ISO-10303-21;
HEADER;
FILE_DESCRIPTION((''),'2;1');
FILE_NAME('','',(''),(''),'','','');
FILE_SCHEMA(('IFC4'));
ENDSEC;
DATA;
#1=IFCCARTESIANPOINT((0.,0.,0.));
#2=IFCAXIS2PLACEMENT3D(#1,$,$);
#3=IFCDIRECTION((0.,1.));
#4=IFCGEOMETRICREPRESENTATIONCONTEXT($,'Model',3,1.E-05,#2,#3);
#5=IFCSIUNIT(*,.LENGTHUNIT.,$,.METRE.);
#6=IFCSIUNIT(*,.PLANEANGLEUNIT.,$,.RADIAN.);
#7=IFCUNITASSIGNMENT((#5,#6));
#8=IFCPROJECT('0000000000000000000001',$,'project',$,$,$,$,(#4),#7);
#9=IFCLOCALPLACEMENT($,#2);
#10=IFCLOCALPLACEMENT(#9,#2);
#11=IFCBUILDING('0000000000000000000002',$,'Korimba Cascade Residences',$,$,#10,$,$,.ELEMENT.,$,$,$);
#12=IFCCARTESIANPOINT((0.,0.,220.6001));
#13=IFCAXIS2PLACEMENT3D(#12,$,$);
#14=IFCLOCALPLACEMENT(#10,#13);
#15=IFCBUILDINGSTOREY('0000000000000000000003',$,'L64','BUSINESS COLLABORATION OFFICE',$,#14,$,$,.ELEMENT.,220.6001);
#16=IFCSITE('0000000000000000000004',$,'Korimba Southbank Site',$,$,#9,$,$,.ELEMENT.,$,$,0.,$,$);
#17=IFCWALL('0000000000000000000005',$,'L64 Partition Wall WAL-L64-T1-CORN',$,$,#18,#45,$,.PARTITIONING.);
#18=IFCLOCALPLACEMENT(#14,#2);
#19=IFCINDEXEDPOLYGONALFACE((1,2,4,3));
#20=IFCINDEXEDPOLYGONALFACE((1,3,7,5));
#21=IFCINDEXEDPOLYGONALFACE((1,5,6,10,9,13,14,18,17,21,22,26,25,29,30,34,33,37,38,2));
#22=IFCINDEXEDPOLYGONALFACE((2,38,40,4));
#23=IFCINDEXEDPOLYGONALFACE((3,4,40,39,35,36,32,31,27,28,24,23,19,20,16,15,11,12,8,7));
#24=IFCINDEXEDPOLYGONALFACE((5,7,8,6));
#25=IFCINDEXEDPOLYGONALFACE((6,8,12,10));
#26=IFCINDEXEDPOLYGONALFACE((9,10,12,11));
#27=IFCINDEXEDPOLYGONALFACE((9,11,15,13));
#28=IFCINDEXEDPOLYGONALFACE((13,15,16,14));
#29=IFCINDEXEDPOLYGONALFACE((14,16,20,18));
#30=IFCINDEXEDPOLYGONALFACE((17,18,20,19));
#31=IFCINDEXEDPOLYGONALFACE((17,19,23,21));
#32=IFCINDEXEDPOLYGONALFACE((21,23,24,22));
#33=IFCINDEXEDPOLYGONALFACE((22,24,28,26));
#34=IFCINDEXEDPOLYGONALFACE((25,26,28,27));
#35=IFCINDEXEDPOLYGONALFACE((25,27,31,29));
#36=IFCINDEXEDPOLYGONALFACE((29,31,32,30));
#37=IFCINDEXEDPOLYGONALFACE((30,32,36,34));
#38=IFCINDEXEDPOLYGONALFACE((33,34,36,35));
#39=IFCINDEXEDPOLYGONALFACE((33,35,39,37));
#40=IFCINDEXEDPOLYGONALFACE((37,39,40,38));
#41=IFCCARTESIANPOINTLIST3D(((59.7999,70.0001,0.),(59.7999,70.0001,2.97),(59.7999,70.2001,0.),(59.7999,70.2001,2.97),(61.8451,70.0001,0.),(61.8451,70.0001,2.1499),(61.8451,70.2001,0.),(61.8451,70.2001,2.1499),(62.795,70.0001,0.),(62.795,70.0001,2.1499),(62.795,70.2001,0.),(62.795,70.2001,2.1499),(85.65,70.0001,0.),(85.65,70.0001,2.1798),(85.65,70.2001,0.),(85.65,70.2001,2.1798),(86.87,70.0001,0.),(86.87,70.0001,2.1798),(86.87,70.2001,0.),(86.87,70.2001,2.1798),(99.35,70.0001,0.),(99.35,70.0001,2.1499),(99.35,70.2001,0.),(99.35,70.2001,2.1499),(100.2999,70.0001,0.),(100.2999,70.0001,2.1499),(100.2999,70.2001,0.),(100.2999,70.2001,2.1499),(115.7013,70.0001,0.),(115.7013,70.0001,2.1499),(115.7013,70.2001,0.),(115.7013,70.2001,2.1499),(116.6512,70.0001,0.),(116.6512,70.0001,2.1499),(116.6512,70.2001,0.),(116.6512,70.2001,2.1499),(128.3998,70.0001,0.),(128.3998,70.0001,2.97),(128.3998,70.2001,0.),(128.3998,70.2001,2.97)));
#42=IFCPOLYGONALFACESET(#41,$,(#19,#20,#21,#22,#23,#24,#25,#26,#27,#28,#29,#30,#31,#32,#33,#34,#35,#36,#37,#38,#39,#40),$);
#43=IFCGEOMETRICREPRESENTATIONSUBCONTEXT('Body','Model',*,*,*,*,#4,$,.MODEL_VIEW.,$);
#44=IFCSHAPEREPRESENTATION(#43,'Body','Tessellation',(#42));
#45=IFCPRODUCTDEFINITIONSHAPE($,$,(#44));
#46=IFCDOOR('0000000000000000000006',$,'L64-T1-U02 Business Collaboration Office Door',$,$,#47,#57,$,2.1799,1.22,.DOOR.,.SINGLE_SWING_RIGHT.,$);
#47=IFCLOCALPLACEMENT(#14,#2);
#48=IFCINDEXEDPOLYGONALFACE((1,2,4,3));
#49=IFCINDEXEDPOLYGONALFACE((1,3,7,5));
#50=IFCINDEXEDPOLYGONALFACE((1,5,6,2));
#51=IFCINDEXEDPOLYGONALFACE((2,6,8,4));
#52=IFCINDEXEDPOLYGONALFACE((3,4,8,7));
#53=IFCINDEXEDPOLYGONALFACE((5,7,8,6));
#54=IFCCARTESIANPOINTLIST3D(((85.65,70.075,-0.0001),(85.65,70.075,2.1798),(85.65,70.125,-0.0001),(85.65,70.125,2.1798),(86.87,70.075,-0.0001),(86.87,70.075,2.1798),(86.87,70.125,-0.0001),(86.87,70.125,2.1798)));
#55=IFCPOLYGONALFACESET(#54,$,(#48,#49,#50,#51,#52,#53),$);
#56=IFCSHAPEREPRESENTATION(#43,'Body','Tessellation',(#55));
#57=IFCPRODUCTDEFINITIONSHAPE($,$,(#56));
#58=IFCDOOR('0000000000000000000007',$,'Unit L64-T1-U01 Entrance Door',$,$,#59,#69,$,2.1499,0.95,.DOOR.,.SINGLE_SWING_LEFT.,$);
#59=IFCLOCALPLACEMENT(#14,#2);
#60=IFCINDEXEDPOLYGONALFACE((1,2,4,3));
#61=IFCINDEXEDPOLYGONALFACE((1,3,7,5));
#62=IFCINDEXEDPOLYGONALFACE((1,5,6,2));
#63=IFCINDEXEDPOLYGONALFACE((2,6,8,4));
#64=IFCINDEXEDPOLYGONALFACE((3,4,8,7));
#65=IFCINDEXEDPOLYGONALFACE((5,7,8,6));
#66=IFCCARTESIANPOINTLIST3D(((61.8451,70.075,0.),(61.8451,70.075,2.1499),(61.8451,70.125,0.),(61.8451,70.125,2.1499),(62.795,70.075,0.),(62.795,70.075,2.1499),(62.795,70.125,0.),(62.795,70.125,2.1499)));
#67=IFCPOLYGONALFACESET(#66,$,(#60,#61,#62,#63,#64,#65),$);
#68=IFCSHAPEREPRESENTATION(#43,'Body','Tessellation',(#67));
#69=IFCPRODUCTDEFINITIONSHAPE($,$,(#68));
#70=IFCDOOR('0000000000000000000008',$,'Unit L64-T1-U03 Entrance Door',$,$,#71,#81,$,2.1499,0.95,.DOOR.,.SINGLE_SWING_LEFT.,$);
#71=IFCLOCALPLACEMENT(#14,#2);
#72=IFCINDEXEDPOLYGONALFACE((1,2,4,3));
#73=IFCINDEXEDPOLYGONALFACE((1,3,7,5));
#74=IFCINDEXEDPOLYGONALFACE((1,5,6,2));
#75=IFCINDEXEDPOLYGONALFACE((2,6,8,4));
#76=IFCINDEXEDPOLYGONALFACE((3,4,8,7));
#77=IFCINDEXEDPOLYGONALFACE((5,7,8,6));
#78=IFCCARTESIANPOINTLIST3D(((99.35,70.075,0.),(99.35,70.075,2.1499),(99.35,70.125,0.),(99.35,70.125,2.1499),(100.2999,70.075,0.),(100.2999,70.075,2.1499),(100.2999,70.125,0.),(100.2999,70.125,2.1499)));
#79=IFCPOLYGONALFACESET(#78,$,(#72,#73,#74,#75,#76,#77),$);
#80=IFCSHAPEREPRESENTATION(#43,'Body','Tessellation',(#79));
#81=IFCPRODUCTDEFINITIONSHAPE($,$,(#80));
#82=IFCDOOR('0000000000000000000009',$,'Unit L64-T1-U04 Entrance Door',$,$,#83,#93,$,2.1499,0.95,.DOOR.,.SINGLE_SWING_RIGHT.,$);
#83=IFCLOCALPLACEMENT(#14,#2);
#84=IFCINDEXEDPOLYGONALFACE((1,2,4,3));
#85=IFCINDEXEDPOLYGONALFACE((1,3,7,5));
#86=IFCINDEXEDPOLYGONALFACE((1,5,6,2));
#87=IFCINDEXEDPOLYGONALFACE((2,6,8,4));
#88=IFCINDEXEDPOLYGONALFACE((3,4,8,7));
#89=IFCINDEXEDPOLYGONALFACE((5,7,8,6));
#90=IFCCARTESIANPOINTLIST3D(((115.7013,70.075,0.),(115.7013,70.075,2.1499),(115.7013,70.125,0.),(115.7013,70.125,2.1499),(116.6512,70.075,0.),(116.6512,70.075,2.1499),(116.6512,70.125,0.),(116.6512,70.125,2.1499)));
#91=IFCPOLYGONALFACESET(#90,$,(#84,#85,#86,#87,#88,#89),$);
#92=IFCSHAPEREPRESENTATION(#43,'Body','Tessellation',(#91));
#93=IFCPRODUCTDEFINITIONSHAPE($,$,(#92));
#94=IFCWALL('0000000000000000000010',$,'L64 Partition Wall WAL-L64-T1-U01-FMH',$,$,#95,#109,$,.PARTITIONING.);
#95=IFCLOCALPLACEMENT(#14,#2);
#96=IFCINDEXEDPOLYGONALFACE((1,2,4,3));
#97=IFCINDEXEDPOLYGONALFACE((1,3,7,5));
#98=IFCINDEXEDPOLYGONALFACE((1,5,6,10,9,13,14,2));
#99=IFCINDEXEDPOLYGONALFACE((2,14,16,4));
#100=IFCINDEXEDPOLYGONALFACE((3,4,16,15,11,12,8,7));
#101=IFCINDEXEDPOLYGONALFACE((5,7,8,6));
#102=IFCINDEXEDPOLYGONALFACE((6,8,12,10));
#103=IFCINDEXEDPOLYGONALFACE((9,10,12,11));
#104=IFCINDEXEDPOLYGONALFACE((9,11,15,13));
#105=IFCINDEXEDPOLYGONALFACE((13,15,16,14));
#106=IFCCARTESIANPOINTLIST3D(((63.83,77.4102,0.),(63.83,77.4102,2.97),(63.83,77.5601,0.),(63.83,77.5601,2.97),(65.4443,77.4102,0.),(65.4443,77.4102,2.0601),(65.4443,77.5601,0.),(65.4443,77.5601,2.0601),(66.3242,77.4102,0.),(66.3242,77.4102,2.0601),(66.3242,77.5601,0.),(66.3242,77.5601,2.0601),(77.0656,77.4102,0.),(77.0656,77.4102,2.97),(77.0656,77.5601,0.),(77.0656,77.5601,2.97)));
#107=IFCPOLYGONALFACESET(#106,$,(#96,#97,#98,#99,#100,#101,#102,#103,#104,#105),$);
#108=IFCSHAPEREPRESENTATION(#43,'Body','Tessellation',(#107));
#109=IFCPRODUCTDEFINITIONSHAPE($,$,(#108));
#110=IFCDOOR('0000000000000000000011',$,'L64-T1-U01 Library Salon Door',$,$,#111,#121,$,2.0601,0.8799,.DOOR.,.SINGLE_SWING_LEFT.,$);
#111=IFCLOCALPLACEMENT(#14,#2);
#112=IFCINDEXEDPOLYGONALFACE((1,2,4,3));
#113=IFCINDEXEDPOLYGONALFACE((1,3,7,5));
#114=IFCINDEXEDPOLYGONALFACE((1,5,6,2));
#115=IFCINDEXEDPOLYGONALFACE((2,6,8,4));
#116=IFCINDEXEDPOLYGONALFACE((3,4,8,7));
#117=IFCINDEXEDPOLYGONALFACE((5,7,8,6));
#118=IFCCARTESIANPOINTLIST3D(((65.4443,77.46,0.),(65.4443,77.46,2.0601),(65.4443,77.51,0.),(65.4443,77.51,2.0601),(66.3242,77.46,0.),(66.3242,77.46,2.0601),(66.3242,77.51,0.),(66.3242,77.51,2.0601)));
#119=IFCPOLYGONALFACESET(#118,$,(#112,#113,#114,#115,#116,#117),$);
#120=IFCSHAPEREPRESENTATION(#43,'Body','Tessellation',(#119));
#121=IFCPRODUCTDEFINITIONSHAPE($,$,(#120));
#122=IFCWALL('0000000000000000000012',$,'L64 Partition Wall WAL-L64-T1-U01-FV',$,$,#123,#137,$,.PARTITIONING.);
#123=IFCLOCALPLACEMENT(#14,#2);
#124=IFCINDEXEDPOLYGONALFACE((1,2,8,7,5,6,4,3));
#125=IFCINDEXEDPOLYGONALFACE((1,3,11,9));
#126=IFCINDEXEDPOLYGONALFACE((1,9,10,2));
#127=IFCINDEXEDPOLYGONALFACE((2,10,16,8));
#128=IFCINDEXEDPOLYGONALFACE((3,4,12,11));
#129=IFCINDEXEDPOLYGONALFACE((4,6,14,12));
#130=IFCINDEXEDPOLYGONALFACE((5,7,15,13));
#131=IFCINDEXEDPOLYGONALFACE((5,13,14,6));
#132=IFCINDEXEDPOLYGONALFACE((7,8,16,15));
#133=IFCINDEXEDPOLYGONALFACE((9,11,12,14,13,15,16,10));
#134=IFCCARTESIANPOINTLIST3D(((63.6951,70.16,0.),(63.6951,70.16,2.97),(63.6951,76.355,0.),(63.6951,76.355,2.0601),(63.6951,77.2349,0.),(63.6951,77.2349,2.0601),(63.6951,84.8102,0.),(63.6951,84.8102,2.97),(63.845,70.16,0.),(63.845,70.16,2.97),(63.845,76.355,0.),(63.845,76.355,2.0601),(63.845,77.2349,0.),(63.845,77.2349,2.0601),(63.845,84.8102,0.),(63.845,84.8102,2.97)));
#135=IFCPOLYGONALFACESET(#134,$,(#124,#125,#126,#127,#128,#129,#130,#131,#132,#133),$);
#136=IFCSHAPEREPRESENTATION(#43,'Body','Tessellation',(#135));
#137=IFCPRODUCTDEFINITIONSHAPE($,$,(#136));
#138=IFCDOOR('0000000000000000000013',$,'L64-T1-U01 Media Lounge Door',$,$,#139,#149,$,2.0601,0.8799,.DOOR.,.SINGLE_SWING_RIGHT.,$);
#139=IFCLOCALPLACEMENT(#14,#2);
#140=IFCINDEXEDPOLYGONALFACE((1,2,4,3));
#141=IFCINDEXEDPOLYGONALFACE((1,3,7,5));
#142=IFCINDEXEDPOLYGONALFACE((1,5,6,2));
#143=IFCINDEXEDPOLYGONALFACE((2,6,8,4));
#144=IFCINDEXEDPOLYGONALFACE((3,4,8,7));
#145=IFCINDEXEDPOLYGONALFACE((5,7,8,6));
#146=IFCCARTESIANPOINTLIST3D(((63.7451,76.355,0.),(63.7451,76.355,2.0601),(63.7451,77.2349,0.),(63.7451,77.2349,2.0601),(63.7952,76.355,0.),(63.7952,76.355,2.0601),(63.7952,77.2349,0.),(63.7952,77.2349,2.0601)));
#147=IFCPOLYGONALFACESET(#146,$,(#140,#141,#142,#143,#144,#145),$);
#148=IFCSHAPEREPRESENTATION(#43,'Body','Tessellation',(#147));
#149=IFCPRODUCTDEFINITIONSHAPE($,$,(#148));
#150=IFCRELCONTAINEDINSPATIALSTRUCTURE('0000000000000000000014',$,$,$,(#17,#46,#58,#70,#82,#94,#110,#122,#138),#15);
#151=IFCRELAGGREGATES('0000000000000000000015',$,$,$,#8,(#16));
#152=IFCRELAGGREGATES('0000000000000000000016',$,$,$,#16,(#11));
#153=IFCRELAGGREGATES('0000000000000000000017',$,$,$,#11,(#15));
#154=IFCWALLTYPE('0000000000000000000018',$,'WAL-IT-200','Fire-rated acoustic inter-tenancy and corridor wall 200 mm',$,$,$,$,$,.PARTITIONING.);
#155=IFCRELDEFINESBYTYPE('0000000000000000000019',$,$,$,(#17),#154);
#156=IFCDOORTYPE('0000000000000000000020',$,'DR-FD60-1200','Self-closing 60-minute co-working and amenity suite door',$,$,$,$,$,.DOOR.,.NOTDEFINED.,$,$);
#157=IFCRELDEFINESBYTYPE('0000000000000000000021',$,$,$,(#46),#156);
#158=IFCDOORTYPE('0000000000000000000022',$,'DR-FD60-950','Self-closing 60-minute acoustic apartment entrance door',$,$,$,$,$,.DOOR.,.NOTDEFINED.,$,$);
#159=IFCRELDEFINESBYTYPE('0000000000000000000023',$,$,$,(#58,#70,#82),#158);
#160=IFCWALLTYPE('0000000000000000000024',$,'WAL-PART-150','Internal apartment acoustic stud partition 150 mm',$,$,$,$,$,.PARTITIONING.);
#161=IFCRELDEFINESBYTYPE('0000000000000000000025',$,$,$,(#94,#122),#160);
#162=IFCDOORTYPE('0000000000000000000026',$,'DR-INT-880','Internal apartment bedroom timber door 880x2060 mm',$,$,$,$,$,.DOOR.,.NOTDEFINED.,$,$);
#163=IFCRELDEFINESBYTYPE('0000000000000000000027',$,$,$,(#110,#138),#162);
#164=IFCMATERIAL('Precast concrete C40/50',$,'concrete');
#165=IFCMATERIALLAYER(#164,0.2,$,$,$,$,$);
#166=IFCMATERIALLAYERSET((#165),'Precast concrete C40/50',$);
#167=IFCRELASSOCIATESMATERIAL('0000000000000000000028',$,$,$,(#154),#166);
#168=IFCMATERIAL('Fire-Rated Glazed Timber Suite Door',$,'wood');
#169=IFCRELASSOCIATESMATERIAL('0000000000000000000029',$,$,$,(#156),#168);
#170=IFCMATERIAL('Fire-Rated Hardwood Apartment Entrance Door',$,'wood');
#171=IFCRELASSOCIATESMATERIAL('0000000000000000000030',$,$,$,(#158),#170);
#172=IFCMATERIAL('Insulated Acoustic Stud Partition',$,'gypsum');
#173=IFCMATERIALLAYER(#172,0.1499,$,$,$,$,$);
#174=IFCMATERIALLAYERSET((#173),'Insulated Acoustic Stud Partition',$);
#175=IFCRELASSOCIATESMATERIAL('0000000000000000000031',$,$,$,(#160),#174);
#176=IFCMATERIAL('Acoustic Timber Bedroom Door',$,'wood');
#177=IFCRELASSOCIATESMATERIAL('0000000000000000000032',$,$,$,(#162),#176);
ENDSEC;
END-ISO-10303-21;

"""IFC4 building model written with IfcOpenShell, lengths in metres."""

from ifc_helpers import new_model, si_unit, direction, frame, frame_2d, origin, place, context, subcontext, project, spatial, rectangle, extrude, material, layer, layer_set, type_object, element, fill, save


model = new_model("IFC4")

# Units and contexts
model_context = context("Model", 3, precision=1e-05, world=origin(), true_north=direction((0.0, 1.0)))
body_context = subcontext(model_context, "Body", "Model", "MODEL_VIEW")
ifc_project = project(units=[si_unit("LENGTHUNIT", "METRE"), si_unit("PLANEANGLEUNIT", "RADIAN")], contexts=[model_context])

# Site, building, storey
site_placement = place(None, origin())
site = spatial("IfcSite", under=ifc_project, at=site_placement, Name="Korimba Southbank Site", CompositionType="ELEMENT", RefElevation=0.0)
building_placement = place(site_placement, origin())
building = spatial("IfcBuilding", under=site, at=building_placement, Name="Korimba Cascade Residences", CompositionType="ELEMENT")
storey_placement = place(building_placement, frame((0.0, 0.0, 220.6001)))
storey = spatial("IfcBuildingStorey", under=building, at=storey_placement, Name="L64", Description="BUSINESS COLLABORATION OFFICE", CompositionType="ELEMENT", Elevation=220.6001)

# Shared definitions
ifc_material_1 = material(Name="Precast concrete C40/50", Category="concrete")
ifc_layer_1 = layer(ifc_material_1, 0.2)
ifc_layer_set_1 = layer_set([ifc_layer_1], Name="Precast concrete C40/50")
wall_type_1 = type_object("IfcWallType", Name="WAL-IT-200", Description="Fire-rated acoustic inter-tenancy and corridor wall 200 mm", PredefinedType="PARTITIONING", material=ifc_layer_set_1)

# Wall, openings, doors
wall_1_placement = place(storey_placement, frame((59.8, 70.1001, 0.0), z_axis=(0.0, 0.0, 1.0), x_axis=(1.0, 0.0, 0.0)))
wall_1 = element("IfcWall", 1, at=wall_1_placement, inside=storey, type_object=wall_type_1, Name="L64 Partition Wall WAL-L64-T1-CORN", PredefinedType="PARTITIONING", context=body_context, shape_type="SweptSolid", body=[
    extrude(rectangle(XDim=68.5999, YDim=0.2, at=frame_2d((34.2998, 0.0))), origin(), (0.0, 0.0, 1.0), 2.97),
])
opening_1_placement = place(wall_1_placement, frame((2.0449, 0.0, 0.0)))
opening_1 = element("IfcOpeningElement", 2, at=opening_1_placement, cuts=wall_1, PredefinedType="OPENING", context=body_context, shape_type="SweptSolid", body=[
    extrude(rectangle(XDim=0.95, YDim=2.1499, at=frame_2d((0.4751, 1.075))), frame((0.0, 0.1099, 0.0), z_axis=(0.0, -1.0, 0.0), x_axis=(1.0, 0.0, 0.0)), (0.0, 0.0, 1.0), 0.22),
])
opening_2_placement = place(wall_1_placement, frame((25.8501, 0.0, 0.0)))
opening_2 = element("IfcOpeningElement", 3, at=opening_2_placement, cuts=wall_1, PredefinedType="OPENING", context=body_context, shape_type="SweptSolid", body=[
    extrude(rectangle(XDim=1.22, YDim=2.1799, at=frame_2d((0.6099, 1.0898))), frame((0.0, 0.1099, 0.0), z_axis=(0.0, -1.0, 0.0), x_axis=(1.0, 0.0, 0.0)), (0.0, 0.0, 1.0), 0.22),
])
opening_3_placement = place(wall_1_placement, frame((39.5498, 0.0, 0.0)))
opening_3 = element("IfcOpeningElement", 4, at=opening_3_placement, cuts=wall_1, PredefinedType="OPENING", context=body_context, shape_type="SweptSolid", body=[
    extrude(rectangle(XDim=0.95, YDim=2.1499, at=frame_2d((0.4751, 1.075))), frame((0.0, 0.1099, 0.0), z_axis=(0.0, -1.0, 0.0), x_axis=(1.0, 0.0, 0.0)), (0.0, 0.0, 1.0), 0.22),
])
opening_4_placement = place(wall_1_placement, frame((55.9011, 0.0, 0.0)))
opening_4 = element("IfcOpeningElement", 5, at=opening_4_placement, cuts=wall_1, PredefinedType="OPENING", context=body_context, shape_type="SweptSolid", body=[
    extrude(rectangle(XDim=0.95, YDim=2.1499, at=frame_2d((0.4751, 1.075))), frame((0.0, 0.1099, 0.0), z_axis=(0.0, -1.0, 0.0), x_axis=(1.0, 0.0, 0.0)), (0.0, 0.0, 1.0), 0.22),
])
ifc_material_2 = material(Name="Fire-Rated Glazed Timber Suite Door", Category="wood")
door_type_1 = type_object("IfcDoorType", Name="DR-FD60-1200", Description="Self-closing 60-minute co-working and amenity suite door", OperationType="NOTDEFINED", PredefinedType="DOOR", material=ifc_material_2)
door_1_placement = place(opening_2_placement, origin())
door_1 = element("IfcDoor", 6, at=door_1_placement, inside=storey, type_object=door_type_1, Name="L64-T1-U02 Business Collaboration Office Door", OperationType="SINGLE_SWING_RIGHT", OverallHeight=2.1799, OverallWidth=1.22, PredefinedType="DOOR", context=body_context, shape_type="SweptSolid", body=[
    extrude(rectangle(XDim=1.22, YDim=2.1799, at=frame_2d((0.6099, 1.0898))), frame((0.0, 0.0249, 0.0), z_axis=(0.0, -1.0, 0.0), x_axis=(1.0, 0.0, 0.0)), (0.0, 0.0, 1.0), 0.05),
])
fill(opening_2, door_1)
ifc_material_3 = material(Name="Fire-Rated Hardwood Apartment Entrance Door", Category="wood")
door_type_2 = type_object("IfcDoorType", Name="DR-FD60-950", Description="Self-closing 60-minute acoustic apartment entrance door", OperationType="NOTDEFINED", PredefinedType="DOOR", material=ifc_material_3)
door_2_placement = place(opening_1_placement, origin())
door_2 = element("IfcDoor", 7, at=door_2_placement, inside=storey, type_object=door_type_2, Name="Unit L64-T1-U01 Entrance Door", OperationType="SINGLE_SWING_LEFT", OverallHeight=2.1499, OverallWidth=0.95, PredefinedType="DOOR", context=body_context, shape_type="SweptSolid", body=[
    extrude(rectangle(XDim=0.95, YDim=2.1499, at=frame_2d((0.4751, 1.075))), frame((0.0, 0.0249, 0.0), z_axis=(0.0, -1.0, 0.0), x_axis=(1.0, 0.0, 0.0)), (0.0, 0.0, 1.0), 0.05),
])
fill(opening_1, door_2)
door_3_placement = place(opening_3_placement, origin())
door_3 = element("IfcDoor", 8, at=door_3_placement, inside=storey, type_object=door_type_2, Name="Unit L64-T1-U03 Entrance Door", OperationType="SINGLE_SWING_LEFT", OverallHeight=2.1499, OverallWidth=0.95, PredefinedType="DOOR", context=body_context, shape_type="SweptSolid", body=[
    extrude(rectangle(XDim=0.95, YDim=2.1499, at=frame_2d((0.4751, 1.075))), frame((0.0, 0.0249, 0.0), z_axis=(0.0, -1.0, 0.0), x_axis=(1.0, 0.0, 0.0)), (0.0, 0.0, 1.0), 0.05),
])
fill(opening_3, door_3)
door_4_placement = place(opening_4_placement, origin())
door_4 = element("IfcDoor", 9, at=door_4_placement, inside=storey, type_object=door_type_2, Name="Unit L64-T1-U04 Entrance Door", OperationType="SINGLE_SWING_RIGHT", OverallHeight=2.1499, OverallWidth=0.95, PredefinedType="DOOR", context=body_context, shape_type="SweptSolid", body=[
    extrude(rectangle(XDim=0.95, YDim=2.1499, at=frame_2d((0.4751, 1.075))), frame((0.0, 0.0249, 0.0), z_axis=(0.0, -1.0, 0.0), x_axis=(1.0, 0.0, 0.0)), (0.0, 0.0, 1.0), 0.05),
])
fill(opening_4, door_4)

# Walls, openings, doors
ifc_material_4 = material(Name="Insulated Acoustic Stud Partition", Category="gypsum")
ifc_layer_2 = layer(ifc_material_4, 0.1499)
ifc_layer_set_2 = layer_set([ifc_layer_2], Name="Insulated Acoustic Stud Partition")
wall_type_2 = type_object("IfcWallType", Name="WAL-PART-150", Description="Internal apartment acoustic stud partition 150 mm", PredefinedType="PARTITIONING", material=ifc_layer_set_2)
wall_2_placement = place(storey_placement, frame((63.8301, 77.4851, 0.0), z_axis=(0.0, 0.0, 1.0), x_axis=(1.0, 0.0, 0.0)))
wall_2 = element("IfcWall", 10, at=wall_2_placement, inside=storey, type_object=wall_type_2, Name="L64 Partition Wall WAL-L64-T1-U01-FMH", PredefinedType="PARTITIONING", context=body_context, shape_type="SweptSolid", body=[
    extrude(rectangle(XDim=13.2356, YDim=0.1499, at=frame_2d((6.6177, 0.0))), origin(), (0.0, 0.0, 1.0), 2.97),
])
opening_5_placement = place(wall_2_placement, frame((1.6143, 0.0, 0.0)))
opening_5 = element("IfcOpeningElement", 11, at=opening_5_placement, cuts=wall_2, PredefinedType="OPENING", context=body_context, shape_type="SweptSolid", body=[
    extrude(rectangle(XDim=0.8799, YDim=2.0601, at=frame_2d((0.4399, 1.03))), frame((0.0, 0.085, 0.0), z_axis=(0.0, -1.0, 0.0), x_axis=(1.0, 0.0, 0.0)), (0.0, 0.0, 1.0), 0.1699),
])
ifc_material_5 = material(Name="Acoustic Timber Bedroom Door", Category="wood")
door_type_3 = type_object("IfcDoorType", Name="DR-INT-880", Description="Internal apartment bedroom timber door 880x2060 mm", OperationType="NOTDEFINED", PredefinedType="DOOR", material=ifc_material_5)
door_5_placement = place(opening_5_placement, origin())
door_5 = element("IfcDoor", 12, at=door_5_placement, inside=storey, type_object=door_type_3, Name="L64-T1-U01 Library Salon Door", OperationType="SINGLE_SWING_LEFT", OverallHeight=2.0601, OverallWidth=0.8799, PredefinedType="DOOR", context=body_context, shape_type="SweptSolid", body=[
    extrude(rectangle(XDim=0.8799, YDim=2.0601, at=frame_2d((0.4399, 1.03))), frame((0.0, 0.0249, 0.0), z_axis=(0.0, -1.0, 0.0), x_axis=(1.0, 0.0, 0.0)), (0.0, 0.0, 1.0), 0.05),
])
fill(opening_5, door_5)
wall_3_placement = place(storey_placement, frame((63.77, 70.1599, 0.0), z_axis=(0.0, 0.0, 1.0), x_axis=(0.0, 1.0, 0.0)))
wall_3 = element("IfcWall", 13, at=wall_3_placement, inside=storey, type_object=wall_type_2, Name="L64 Partition Wall WAL-L64-T1-U01-FV", PredefinedType="PARTITIONING", context=body_context, shape_type="SweptSolid", body=[
    extrude(rectangle(XDim=14.6501, YDim=0.1499, at=frame_2d((7.3252, 0.0))), origin(), (0.0, 0.0, 1.0), 2.97),
])
opening_6_placement = place(wall_3_placement, frame((6.1951, 0.0, 0.0)))
opening_6 = element("IfcOpeningElement", 14, at=opening_6_placement, cuts=wall_3, PredefinedType="OPENING", context=body_context, shape_type="SweptSolid", body=[
    extrude(rectangle(XDim=0.8799, YDim=2.0601, at=frame_2d((0.4399, 1.03))), frame((0.0, 0.085, 0.0), z_axis=(0.0, -1.0, 0.0), x_axis=(1.0, 0.0, 0.0)), (0.0, 0.0, 1.0), 0.1699),
])
door_6_placement = place(opening_6_placement, origin())
door_6 = element("IfcDoor", 15, at=door_6_placement, inside=storey, type_object=door_type_3, Name="L64-T1-U01 Media Lounge Door", OperationType="SINGLE_SWING_RIGHT", OverallHeight=2.0601, OverallWidth=0.8799, PredefinedType="DOOR", context=body_context, shape_type="SweptSolid", body=[
    extrude(rectangle(XDim=0.8799, YDim=2.0601, at=frame_2d((0.4399, 1.03))), frame((0.0, 0.0249, 0.0), z_axis=(0.0, -1.0, 0.0), x_axis=(1.0, 0.0, 0.0)), (0.0, 0.0, 1.0), 0.05),
])
fill(opening_6, door_6)

save(model, "model.ifc")
